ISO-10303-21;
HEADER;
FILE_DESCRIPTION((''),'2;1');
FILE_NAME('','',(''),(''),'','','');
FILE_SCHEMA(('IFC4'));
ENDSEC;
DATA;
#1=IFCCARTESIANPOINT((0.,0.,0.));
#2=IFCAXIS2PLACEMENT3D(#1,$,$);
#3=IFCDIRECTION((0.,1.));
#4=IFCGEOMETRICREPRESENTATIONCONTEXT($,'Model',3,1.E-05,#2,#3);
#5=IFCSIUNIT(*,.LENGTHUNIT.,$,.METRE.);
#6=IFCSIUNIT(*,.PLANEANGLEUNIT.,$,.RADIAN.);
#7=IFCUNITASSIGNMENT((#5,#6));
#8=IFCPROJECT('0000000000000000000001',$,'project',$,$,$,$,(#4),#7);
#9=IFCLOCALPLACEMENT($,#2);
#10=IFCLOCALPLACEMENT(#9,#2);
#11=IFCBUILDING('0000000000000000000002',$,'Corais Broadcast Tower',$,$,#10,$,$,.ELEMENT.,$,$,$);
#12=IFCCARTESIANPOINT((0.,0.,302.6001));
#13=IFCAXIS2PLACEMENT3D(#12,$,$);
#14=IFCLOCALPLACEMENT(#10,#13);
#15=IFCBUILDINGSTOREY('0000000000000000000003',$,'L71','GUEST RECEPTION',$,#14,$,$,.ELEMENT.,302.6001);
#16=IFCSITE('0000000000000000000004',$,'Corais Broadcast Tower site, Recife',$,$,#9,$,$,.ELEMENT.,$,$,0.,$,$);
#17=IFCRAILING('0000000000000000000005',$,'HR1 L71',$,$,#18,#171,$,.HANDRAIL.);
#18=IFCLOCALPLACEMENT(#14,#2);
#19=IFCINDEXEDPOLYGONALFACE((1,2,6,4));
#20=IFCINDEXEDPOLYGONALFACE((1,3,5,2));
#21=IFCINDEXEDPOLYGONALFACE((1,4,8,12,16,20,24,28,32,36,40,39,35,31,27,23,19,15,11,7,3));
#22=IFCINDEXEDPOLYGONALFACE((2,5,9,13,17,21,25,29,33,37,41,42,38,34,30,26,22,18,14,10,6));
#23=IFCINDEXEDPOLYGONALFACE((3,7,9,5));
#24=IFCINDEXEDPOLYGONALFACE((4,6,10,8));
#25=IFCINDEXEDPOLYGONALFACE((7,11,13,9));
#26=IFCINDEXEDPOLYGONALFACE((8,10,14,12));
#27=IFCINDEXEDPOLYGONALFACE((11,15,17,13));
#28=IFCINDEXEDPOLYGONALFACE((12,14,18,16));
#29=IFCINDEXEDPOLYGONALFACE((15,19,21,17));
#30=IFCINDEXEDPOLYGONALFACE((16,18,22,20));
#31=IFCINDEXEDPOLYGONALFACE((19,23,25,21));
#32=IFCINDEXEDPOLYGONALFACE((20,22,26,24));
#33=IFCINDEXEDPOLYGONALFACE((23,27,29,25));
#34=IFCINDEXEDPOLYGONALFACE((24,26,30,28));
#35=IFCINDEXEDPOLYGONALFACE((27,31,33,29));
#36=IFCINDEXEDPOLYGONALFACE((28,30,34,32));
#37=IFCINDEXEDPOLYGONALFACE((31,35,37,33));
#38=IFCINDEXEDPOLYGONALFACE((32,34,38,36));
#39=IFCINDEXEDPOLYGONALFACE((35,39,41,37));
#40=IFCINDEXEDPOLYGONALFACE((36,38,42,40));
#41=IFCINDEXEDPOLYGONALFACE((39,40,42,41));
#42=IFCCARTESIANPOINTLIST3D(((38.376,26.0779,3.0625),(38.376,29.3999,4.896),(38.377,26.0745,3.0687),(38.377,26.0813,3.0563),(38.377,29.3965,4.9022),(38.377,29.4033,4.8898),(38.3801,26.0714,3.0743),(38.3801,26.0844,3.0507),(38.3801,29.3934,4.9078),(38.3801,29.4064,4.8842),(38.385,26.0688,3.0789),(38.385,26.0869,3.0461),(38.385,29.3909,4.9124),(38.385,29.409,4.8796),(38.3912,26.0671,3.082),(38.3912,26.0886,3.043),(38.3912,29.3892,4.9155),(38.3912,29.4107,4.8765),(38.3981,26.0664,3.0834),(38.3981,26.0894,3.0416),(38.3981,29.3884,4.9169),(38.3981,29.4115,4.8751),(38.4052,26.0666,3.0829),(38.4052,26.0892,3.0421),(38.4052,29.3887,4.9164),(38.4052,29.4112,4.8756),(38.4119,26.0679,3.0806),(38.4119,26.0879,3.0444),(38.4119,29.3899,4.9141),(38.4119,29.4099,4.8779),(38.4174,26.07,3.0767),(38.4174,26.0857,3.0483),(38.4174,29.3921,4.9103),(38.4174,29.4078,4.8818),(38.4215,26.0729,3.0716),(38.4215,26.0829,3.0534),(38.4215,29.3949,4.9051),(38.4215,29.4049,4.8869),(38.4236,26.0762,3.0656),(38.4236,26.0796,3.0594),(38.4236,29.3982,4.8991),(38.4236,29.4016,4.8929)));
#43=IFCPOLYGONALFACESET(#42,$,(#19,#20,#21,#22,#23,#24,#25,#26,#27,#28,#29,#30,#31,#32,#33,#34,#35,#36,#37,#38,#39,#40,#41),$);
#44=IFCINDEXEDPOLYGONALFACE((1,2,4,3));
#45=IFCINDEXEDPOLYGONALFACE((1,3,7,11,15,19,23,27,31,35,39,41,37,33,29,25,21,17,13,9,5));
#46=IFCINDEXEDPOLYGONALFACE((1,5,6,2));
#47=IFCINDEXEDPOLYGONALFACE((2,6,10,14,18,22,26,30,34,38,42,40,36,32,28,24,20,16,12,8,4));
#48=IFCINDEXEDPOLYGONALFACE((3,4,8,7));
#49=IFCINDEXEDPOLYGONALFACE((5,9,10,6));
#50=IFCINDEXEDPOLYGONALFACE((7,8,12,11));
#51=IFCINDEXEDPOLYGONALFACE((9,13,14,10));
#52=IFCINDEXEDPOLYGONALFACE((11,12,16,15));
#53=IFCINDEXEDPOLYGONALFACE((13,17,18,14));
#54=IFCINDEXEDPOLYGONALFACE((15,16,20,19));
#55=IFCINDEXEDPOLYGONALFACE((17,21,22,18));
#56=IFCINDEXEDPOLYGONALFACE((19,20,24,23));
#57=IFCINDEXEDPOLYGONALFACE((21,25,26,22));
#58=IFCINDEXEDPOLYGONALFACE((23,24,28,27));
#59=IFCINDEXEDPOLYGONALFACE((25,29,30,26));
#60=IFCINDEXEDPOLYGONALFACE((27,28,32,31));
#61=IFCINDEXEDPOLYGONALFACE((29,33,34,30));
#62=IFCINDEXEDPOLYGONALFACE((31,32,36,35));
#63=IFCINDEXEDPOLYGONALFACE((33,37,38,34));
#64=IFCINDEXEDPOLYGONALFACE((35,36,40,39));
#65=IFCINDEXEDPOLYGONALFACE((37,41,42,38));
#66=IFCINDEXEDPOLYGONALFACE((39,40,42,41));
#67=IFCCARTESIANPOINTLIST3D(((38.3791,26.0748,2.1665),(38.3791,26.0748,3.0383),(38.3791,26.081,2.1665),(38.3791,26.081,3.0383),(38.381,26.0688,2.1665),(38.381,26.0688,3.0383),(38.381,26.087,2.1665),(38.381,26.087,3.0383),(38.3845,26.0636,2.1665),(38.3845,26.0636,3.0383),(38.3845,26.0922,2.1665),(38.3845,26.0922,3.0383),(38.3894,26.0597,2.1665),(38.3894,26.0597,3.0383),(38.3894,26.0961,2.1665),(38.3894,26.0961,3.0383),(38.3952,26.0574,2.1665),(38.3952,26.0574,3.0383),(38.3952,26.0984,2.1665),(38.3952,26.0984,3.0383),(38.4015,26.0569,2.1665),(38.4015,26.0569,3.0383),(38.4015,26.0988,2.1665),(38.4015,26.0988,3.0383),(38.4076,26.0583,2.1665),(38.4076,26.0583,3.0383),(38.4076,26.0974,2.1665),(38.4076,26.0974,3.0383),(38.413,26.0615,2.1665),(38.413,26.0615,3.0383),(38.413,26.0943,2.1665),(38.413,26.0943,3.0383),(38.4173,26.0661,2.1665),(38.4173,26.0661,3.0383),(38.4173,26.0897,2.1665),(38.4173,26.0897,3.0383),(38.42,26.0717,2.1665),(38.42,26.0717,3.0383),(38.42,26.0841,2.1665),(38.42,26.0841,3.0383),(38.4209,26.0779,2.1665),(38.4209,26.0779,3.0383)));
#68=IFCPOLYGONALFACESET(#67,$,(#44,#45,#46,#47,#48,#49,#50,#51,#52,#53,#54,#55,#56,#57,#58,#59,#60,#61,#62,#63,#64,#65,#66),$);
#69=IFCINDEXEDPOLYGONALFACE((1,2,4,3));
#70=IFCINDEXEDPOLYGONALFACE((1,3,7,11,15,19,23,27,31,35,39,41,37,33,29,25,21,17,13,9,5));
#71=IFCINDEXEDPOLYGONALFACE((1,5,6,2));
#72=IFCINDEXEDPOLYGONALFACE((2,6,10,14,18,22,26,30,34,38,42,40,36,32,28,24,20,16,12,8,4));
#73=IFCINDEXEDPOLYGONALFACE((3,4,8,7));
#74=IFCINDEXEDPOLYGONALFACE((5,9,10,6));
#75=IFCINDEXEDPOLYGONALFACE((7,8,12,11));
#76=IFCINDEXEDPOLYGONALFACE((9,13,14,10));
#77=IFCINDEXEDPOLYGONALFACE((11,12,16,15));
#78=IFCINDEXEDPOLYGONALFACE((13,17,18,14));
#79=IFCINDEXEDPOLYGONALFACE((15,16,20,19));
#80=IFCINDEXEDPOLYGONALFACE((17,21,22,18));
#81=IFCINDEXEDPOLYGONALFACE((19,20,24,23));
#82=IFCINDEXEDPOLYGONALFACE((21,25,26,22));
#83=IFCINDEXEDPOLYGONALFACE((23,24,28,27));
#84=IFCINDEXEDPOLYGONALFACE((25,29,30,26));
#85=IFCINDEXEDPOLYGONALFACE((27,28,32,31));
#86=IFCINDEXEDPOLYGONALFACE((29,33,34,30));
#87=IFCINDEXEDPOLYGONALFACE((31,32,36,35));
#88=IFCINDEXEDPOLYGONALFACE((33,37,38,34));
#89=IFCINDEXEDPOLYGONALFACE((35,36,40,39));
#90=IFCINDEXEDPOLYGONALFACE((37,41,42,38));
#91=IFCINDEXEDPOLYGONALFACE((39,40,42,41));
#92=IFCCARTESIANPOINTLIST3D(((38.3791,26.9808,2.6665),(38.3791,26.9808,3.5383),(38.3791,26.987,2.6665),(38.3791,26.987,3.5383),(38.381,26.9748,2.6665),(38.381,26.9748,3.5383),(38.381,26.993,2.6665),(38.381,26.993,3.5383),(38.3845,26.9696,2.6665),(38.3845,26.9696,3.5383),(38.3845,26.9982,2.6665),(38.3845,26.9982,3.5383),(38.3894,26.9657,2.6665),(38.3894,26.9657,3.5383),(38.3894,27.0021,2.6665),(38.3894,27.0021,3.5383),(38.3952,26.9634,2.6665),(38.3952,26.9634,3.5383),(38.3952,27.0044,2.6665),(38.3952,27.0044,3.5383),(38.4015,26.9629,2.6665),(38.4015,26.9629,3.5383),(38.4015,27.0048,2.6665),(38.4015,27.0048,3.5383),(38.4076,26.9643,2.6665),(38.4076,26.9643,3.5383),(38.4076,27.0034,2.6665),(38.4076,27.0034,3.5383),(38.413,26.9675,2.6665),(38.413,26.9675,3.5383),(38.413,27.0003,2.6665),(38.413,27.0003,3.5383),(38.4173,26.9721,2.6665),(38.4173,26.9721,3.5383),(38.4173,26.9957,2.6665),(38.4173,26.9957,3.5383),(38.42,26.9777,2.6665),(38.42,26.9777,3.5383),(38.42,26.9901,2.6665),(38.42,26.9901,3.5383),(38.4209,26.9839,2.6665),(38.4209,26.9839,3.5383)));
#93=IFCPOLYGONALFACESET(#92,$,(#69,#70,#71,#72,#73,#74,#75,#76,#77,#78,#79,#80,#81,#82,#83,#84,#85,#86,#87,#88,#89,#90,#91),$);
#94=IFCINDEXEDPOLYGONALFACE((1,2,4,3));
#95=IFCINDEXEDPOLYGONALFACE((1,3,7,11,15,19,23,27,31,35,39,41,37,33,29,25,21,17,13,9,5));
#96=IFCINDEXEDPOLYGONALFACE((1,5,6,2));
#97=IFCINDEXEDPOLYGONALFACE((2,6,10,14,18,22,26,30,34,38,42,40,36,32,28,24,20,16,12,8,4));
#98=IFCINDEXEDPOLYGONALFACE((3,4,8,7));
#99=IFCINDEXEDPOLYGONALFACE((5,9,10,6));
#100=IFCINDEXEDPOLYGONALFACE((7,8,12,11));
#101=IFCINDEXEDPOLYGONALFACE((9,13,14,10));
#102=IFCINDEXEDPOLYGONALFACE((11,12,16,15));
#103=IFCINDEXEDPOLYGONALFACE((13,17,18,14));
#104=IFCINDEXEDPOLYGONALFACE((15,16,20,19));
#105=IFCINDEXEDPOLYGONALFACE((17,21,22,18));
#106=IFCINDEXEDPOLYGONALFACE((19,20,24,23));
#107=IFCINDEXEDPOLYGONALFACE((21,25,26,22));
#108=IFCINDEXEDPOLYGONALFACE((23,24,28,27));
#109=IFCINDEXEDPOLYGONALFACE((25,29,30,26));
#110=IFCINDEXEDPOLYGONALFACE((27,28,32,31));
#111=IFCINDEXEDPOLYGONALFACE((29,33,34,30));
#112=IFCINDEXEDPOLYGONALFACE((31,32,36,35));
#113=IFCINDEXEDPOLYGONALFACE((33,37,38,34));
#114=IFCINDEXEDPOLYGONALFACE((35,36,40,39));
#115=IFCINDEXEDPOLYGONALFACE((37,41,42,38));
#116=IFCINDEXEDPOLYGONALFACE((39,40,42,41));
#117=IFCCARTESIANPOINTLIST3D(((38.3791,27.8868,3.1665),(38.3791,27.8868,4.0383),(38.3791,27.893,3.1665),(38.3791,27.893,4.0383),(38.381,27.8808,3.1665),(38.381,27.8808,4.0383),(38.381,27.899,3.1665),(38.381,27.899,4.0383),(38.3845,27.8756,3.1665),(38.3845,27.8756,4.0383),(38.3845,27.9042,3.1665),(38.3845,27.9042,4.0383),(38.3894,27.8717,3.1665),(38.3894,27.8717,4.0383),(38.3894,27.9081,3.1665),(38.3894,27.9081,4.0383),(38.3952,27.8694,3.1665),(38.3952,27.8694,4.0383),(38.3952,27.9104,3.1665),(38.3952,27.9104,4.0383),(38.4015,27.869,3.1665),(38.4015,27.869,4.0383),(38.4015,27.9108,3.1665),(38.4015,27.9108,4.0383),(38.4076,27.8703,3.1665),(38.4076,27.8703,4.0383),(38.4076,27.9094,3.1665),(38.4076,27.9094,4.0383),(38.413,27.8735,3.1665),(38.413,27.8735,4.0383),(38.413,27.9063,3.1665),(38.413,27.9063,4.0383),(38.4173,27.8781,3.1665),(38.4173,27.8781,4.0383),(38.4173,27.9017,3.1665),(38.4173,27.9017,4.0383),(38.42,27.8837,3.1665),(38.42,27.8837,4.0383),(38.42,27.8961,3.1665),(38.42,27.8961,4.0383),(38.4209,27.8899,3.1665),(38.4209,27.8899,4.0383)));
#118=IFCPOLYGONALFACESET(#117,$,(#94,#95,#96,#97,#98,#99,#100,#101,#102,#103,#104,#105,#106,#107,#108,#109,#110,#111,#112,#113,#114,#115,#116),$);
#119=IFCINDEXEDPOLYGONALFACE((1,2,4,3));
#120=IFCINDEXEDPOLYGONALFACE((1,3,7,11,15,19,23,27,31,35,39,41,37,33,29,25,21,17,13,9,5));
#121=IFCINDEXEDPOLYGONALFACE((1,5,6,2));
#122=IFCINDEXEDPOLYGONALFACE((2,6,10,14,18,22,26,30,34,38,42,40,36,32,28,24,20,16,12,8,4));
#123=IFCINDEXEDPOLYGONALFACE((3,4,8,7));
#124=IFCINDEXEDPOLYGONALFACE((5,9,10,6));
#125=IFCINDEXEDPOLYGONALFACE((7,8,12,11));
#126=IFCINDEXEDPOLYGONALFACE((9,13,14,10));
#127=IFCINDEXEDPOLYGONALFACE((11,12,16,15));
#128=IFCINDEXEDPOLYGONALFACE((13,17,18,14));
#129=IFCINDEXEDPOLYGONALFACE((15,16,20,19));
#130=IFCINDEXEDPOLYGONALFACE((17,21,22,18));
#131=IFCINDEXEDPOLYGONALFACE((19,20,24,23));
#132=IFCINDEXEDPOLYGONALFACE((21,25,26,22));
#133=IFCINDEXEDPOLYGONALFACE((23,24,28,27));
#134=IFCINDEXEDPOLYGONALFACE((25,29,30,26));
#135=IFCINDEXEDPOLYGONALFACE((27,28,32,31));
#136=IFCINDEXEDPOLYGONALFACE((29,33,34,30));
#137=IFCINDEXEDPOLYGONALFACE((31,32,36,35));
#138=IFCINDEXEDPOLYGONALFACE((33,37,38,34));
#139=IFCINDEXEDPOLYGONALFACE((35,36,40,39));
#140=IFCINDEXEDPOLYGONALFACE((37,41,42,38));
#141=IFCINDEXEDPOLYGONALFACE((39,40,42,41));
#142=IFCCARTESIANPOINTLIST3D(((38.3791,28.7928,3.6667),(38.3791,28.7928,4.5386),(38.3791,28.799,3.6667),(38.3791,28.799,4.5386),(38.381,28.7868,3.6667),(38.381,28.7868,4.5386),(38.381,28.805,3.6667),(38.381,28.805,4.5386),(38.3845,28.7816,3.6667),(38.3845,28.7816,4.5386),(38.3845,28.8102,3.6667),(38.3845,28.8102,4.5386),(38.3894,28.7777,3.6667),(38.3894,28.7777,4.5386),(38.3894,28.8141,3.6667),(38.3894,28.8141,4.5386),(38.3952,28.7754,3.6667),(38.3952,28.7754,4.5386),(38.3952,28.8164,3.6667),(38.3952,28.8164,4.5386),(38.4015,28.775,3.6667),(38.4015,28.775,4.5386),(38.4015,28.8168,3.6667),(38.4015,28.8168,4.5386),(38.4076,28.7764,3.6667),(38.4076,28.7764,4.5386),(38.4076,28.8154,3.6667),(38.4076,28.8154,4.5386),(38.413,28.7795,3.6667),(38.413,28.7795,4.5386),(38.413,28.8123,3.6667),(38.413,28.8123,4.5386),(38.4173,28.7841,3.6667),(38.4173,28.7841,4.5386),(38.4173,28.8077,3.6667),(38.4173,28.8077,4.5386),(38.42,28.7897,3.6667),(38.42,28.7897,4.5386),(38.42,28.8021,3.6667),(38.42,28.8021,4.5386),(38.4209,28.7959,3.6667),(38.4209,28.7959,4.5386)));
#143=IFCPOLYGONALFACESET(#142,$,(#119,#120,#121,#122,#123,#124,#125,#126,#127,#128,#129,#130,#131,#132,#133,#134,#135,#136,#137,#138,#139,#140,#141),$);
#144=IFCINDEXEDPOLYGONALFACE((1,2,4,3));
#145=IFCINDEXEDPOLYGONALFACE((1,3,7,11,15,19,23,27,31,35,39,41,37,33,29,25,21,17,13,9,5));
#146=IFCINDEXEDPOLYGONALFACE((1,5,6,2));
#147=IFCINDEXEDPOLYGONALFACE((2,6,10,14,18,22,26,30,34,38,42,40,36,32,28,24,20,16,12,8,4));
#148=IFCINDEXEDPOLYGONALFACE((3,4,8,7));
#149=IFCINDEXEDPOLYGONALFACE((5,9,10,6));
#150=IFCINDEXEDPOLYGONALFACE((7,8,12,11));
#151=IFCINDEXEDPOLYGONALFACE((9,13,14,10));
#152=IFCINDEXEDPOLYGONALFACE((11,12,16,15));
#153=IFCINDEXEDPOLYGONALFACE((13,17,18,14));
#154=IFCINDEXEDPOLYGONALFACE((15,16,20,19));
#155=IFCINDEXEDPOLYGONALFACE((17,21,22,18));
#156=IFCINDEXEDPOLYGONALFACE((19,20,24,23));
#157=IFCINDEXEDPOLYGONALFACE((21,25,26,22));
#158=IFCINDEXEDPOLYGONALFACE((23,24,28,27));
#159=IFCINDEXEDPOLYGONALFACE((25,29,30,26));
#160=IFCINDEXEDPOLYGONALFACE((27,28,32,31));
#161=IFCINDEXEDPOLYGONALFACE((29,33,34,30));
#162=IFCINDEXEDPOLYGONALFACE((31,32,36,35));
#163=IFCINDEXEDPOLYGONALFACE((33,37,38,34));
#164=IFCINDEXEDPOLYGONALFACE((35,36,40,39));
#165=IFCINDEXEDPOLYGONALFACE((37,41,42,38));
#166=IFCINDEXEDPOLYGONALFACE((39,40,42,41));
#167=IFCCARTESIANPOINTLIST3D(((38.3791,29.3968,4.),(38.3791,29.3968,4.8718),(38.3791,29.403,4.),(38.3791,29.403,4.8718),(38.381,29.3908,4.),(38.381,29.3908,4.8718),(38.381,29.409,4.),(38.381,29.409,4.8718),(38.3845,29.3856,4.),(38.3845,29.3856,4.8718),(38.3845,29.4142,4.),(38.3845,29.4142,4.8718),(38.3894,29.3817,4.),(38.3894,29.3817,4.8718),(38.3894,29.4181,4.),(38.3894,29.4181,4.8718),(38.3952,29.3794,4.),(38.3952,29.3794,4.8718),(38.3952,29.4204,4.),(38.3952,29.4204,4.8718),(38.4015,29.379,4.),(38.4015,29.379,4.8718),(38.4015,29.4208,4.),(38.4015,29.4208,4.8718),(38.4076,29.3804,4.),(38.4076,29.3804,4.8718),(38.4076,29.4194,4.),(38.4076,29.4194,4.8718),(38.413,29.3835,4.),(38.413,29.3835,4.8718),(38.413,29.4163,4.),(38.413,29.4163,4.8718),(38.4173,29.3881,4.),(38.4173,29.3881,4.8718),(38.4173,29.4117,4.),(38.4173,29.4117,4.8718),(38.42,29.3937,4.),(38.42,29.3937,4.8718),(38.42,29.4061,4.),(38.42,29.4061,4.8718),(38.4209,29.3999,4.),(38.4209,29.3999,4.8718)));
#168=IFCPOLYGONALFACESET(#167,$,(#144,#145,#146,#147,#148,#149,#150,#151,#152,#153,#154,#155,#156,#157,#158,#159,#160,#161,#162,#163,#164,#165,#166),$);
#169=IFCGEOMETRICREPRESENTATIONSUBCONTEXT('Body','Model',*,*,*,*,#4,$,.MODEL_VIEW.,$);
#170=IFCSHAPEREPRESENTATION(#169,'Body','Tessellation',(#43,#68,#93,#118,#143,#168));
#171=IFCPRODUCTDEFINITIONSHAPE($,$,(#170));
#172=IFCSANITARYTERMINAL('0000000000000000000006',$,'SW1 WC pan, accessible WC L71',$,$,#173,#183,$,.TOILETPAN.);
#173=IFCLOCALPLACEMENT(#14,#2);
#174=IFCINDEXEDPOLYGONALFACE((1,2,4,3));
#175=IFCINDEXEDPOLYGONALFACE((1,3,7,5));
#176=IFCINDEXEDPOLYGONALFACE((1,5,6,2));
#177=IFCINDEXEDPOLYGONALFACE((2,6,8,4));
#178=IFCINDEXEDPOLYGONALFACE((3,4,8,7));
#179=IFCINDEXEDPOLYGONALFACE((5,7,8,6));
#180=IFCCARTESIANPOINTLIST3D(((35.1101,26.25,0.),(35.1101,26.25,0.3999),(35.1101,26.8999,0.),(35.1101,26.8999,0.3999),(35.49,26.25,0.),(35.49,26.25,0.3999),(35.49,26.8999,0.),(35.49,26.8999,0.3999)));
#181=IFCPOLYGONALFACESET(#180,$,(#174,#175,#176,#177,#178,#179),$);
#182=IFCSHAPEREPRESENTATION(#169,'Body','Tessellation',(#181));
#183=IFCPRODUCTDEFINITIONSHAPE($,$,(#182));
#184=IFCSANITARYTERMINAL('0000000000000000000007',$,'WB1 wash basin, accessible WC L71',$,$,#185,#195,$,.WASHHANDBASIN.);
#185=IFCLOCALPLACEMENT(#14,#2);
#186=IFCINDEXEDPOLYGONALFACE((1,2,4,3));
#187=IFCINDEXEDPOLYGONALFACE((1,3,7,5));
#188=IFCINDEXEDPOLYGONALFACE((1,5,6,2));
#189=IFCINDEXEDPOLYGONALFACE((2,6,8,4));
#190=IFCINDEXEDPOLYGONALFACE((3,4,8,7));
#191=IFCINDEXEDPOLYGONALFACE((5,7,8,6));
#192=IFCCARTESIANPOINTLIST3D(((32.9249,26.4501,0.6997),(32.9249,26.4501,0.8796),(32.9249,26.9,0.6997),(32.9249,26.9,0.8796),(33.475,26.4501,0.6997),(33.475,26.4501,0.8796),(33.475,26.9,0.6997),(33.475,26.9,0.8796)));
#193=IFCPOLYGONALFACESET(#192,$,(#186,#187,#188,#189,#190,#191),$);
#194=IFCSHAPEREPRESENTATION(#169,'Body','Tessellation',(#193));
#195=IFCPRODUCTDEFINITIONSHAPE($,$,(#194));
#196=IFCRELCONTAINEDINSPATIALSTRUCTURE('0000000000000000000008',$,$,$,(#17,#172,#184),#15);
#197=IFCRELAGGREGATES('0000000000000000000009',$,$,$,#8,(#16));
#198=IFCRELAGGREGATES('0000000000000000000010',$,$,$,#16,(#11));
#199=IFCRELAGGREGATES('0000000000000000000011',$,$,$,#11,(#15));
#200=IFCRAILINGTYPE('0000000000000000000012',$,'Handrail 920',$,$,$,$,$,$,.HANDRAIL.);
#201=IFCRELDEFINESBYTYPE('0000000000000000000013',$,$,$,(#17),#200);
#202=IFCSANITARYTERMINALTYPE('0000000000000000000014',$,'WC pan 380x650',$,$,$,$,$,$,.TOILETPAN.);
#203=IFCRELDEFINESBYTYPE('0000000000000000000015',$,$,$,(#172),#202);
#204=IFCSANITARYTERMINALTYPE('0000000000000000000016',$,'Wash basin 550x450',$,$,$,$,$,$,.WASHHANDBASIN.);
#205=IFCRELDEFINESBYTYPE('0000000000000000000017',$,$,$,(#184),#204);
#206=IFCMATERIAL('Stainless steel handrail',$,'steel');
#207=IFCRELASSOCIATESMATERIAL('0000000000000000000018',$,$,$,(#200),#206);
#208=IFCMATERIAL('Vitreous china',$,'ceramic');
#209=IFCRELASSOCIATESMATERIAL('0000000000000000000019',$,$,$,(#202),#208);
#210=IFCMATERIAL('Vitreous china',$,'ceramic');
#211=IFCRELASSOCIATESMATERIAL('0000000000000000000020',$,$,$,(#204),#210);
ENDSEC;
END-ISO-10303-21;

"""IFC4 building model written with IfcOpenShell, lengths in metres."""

from ifc_helpers import new_model, si_unit, direction, frame, origin, origin_2d, place, context, subcontext, project, spatial, rectangle, circle, extrude, material, type_object, element, save


model = new_model("IFC4")

# Units and contexts
model_context = context("Model", 3, precision=1e-05, world=origin(), true_north=direction((0.0, 1.0)))
body_context = subcontext(model_context, "Body", "Model", "MODEL_VIEW")
ifc_project = project(units=[si_unit("LENGTHUNIT", "METRE"), si_unit("PLANEANGLEUNIT", "RADIAN")], contexts=[model_context])

# Site, building, storey
site_placement = place(None, origin())
site = spatial("IfcSite", under=ifc_project, at=site_placement, Name="Corais Broadcast Tower site, Recife", CompositionType="ELEMENT", RefElevation=0.0)
building_placement = place(site_placement, origin())
building = spatial("IfcBuilding", under=site, at=building_placement, Name="Corais Broadcast Tower", CompositionType="ELEMENT")
storey_placement = place(building_placement, frame((0.0, 0.0, 302.6001)))
storey = spatial("IfcBuildingStorey", under=building, at=storey_placement, Name="L71", Description="GUEST RECEPTION", CompositionType="ELEMENT", Elevation=302.6001)

# Railing
ifc_material_1 = material(Name="Stainless steel handrail", Category="steel")
railing_type = type_object("IfcRailingType", Name="Handrail 920", PredefinedType="HANDRAIL", material=ifc_material_1)
for number, where, name in (
    (1, (38.3999, 26.0779, 2.1665), "HR1 L71"),
):
    element("IfcRailing", number, at=place(storey_placement, frame(where)), inside=storey, type_object=railing_type, Name=name, PredefinedType="HANDRAIL", context=body_context, shape_type="SweptSolid", body=[
        extrude(circle(Radius=0.0239, at=origin_2d()), frame((0.0, 0.0, 0.896), z_axis=(0.0, 0.875504, 0.48321), x_axis=(-1.0, 0.0, 0.0)), (0.0, 0.0, 1.0), 3.7944),
        extrude(circle(Radius=0.021, at=origin_2d()), origin(), (0.0, 0.0, 1.0), 0.8718),
        extrude(circle(Radius=0.021, at=origin_2d()), frame((0.0, 0.906, 0.5)), (0.0, 0.0, 1.0), 0.8718),
        extrude(circle(Radius=0.021, at=origin_2d()), frame((0.0, 1.812, 1.0)), (0.0, 0.0, 1.0), 0.8718),
        extrude(circle(Radius=0.021, at=origin_2d()), frame((0.0, 2.718, 1.5002)), (0.0, 0.0, 1.0), 0.8718),
        extrude(circle(Radius=0.021, at=origin_2d()), frame((0.0, 3.322, 1.8335)), (0.0, 0.0, 1.0), 0.8718),
    ])

# Sanitary terminals
ifc_material_2 = material(Name="Vitreous china", Category="ceramic")
sanitary_terminal_type_1 = type_object("IfcSanitaryTerminalType", Name="WC pan 380x650", PredefinedType="TOILETPAN", material=ifc_material_2)
sanitary_terminal_1_placement = place(storey_placement, frame((35.3, 26.575, 0.0), z_axis=(0.0, 0.0, 1.0), x_axis=(1.0, 0.0, 0.0)))
element("IfcSanitaryTerminal", 2, at=sanitary_terminal_1_placement, inside=storey, type_object=sanitary_terminal_type_1, Name="SW1 WC pan, accessible WC L71", PredefinedType="TOILETPAN", context=body_context, shape_type="SweptSolid", body=[
    extrude(rectangle(XDim=0.3799, YDim=0.6499, at=origin_2d()), origin(), (0.0, 0.0, 1.0), 0.3999),
])
ifc_material_3 = material(Name="Vitreous china", Category="ceramic")
sanitary_terminal_type_2 = type_object("IfcSanitaryTerminalType", Name="Wash basin 550x450", PredefinedType="WASHHANDBASIN", material=ifc_material_3)
sanitary_terminal_2_placement = place(storey_placement, frame((33.2, 26.675, 0.6997), z_axis=(0.0, 0.0, 1.0), x_axis=(1.0, 0.0, 0.0)))
element("IfcSanitaryTerminal", 3, at=sanitary_terminal_2_placement, inside=storey, type_object=sanitary_terminal_type_2, Name="WB1 wash basin, accessible WC L71", PredefinedType="WASHHANDBASIN", context=body_context, shape_type="SweptSolid", body=[
    extrude(rectangle(XDim=0.55, YDim=0.45, at=origin_2d()), origin(), (0.0, 0.0, 1.0), 0.1799),
])

save(model, "model.ifc")
